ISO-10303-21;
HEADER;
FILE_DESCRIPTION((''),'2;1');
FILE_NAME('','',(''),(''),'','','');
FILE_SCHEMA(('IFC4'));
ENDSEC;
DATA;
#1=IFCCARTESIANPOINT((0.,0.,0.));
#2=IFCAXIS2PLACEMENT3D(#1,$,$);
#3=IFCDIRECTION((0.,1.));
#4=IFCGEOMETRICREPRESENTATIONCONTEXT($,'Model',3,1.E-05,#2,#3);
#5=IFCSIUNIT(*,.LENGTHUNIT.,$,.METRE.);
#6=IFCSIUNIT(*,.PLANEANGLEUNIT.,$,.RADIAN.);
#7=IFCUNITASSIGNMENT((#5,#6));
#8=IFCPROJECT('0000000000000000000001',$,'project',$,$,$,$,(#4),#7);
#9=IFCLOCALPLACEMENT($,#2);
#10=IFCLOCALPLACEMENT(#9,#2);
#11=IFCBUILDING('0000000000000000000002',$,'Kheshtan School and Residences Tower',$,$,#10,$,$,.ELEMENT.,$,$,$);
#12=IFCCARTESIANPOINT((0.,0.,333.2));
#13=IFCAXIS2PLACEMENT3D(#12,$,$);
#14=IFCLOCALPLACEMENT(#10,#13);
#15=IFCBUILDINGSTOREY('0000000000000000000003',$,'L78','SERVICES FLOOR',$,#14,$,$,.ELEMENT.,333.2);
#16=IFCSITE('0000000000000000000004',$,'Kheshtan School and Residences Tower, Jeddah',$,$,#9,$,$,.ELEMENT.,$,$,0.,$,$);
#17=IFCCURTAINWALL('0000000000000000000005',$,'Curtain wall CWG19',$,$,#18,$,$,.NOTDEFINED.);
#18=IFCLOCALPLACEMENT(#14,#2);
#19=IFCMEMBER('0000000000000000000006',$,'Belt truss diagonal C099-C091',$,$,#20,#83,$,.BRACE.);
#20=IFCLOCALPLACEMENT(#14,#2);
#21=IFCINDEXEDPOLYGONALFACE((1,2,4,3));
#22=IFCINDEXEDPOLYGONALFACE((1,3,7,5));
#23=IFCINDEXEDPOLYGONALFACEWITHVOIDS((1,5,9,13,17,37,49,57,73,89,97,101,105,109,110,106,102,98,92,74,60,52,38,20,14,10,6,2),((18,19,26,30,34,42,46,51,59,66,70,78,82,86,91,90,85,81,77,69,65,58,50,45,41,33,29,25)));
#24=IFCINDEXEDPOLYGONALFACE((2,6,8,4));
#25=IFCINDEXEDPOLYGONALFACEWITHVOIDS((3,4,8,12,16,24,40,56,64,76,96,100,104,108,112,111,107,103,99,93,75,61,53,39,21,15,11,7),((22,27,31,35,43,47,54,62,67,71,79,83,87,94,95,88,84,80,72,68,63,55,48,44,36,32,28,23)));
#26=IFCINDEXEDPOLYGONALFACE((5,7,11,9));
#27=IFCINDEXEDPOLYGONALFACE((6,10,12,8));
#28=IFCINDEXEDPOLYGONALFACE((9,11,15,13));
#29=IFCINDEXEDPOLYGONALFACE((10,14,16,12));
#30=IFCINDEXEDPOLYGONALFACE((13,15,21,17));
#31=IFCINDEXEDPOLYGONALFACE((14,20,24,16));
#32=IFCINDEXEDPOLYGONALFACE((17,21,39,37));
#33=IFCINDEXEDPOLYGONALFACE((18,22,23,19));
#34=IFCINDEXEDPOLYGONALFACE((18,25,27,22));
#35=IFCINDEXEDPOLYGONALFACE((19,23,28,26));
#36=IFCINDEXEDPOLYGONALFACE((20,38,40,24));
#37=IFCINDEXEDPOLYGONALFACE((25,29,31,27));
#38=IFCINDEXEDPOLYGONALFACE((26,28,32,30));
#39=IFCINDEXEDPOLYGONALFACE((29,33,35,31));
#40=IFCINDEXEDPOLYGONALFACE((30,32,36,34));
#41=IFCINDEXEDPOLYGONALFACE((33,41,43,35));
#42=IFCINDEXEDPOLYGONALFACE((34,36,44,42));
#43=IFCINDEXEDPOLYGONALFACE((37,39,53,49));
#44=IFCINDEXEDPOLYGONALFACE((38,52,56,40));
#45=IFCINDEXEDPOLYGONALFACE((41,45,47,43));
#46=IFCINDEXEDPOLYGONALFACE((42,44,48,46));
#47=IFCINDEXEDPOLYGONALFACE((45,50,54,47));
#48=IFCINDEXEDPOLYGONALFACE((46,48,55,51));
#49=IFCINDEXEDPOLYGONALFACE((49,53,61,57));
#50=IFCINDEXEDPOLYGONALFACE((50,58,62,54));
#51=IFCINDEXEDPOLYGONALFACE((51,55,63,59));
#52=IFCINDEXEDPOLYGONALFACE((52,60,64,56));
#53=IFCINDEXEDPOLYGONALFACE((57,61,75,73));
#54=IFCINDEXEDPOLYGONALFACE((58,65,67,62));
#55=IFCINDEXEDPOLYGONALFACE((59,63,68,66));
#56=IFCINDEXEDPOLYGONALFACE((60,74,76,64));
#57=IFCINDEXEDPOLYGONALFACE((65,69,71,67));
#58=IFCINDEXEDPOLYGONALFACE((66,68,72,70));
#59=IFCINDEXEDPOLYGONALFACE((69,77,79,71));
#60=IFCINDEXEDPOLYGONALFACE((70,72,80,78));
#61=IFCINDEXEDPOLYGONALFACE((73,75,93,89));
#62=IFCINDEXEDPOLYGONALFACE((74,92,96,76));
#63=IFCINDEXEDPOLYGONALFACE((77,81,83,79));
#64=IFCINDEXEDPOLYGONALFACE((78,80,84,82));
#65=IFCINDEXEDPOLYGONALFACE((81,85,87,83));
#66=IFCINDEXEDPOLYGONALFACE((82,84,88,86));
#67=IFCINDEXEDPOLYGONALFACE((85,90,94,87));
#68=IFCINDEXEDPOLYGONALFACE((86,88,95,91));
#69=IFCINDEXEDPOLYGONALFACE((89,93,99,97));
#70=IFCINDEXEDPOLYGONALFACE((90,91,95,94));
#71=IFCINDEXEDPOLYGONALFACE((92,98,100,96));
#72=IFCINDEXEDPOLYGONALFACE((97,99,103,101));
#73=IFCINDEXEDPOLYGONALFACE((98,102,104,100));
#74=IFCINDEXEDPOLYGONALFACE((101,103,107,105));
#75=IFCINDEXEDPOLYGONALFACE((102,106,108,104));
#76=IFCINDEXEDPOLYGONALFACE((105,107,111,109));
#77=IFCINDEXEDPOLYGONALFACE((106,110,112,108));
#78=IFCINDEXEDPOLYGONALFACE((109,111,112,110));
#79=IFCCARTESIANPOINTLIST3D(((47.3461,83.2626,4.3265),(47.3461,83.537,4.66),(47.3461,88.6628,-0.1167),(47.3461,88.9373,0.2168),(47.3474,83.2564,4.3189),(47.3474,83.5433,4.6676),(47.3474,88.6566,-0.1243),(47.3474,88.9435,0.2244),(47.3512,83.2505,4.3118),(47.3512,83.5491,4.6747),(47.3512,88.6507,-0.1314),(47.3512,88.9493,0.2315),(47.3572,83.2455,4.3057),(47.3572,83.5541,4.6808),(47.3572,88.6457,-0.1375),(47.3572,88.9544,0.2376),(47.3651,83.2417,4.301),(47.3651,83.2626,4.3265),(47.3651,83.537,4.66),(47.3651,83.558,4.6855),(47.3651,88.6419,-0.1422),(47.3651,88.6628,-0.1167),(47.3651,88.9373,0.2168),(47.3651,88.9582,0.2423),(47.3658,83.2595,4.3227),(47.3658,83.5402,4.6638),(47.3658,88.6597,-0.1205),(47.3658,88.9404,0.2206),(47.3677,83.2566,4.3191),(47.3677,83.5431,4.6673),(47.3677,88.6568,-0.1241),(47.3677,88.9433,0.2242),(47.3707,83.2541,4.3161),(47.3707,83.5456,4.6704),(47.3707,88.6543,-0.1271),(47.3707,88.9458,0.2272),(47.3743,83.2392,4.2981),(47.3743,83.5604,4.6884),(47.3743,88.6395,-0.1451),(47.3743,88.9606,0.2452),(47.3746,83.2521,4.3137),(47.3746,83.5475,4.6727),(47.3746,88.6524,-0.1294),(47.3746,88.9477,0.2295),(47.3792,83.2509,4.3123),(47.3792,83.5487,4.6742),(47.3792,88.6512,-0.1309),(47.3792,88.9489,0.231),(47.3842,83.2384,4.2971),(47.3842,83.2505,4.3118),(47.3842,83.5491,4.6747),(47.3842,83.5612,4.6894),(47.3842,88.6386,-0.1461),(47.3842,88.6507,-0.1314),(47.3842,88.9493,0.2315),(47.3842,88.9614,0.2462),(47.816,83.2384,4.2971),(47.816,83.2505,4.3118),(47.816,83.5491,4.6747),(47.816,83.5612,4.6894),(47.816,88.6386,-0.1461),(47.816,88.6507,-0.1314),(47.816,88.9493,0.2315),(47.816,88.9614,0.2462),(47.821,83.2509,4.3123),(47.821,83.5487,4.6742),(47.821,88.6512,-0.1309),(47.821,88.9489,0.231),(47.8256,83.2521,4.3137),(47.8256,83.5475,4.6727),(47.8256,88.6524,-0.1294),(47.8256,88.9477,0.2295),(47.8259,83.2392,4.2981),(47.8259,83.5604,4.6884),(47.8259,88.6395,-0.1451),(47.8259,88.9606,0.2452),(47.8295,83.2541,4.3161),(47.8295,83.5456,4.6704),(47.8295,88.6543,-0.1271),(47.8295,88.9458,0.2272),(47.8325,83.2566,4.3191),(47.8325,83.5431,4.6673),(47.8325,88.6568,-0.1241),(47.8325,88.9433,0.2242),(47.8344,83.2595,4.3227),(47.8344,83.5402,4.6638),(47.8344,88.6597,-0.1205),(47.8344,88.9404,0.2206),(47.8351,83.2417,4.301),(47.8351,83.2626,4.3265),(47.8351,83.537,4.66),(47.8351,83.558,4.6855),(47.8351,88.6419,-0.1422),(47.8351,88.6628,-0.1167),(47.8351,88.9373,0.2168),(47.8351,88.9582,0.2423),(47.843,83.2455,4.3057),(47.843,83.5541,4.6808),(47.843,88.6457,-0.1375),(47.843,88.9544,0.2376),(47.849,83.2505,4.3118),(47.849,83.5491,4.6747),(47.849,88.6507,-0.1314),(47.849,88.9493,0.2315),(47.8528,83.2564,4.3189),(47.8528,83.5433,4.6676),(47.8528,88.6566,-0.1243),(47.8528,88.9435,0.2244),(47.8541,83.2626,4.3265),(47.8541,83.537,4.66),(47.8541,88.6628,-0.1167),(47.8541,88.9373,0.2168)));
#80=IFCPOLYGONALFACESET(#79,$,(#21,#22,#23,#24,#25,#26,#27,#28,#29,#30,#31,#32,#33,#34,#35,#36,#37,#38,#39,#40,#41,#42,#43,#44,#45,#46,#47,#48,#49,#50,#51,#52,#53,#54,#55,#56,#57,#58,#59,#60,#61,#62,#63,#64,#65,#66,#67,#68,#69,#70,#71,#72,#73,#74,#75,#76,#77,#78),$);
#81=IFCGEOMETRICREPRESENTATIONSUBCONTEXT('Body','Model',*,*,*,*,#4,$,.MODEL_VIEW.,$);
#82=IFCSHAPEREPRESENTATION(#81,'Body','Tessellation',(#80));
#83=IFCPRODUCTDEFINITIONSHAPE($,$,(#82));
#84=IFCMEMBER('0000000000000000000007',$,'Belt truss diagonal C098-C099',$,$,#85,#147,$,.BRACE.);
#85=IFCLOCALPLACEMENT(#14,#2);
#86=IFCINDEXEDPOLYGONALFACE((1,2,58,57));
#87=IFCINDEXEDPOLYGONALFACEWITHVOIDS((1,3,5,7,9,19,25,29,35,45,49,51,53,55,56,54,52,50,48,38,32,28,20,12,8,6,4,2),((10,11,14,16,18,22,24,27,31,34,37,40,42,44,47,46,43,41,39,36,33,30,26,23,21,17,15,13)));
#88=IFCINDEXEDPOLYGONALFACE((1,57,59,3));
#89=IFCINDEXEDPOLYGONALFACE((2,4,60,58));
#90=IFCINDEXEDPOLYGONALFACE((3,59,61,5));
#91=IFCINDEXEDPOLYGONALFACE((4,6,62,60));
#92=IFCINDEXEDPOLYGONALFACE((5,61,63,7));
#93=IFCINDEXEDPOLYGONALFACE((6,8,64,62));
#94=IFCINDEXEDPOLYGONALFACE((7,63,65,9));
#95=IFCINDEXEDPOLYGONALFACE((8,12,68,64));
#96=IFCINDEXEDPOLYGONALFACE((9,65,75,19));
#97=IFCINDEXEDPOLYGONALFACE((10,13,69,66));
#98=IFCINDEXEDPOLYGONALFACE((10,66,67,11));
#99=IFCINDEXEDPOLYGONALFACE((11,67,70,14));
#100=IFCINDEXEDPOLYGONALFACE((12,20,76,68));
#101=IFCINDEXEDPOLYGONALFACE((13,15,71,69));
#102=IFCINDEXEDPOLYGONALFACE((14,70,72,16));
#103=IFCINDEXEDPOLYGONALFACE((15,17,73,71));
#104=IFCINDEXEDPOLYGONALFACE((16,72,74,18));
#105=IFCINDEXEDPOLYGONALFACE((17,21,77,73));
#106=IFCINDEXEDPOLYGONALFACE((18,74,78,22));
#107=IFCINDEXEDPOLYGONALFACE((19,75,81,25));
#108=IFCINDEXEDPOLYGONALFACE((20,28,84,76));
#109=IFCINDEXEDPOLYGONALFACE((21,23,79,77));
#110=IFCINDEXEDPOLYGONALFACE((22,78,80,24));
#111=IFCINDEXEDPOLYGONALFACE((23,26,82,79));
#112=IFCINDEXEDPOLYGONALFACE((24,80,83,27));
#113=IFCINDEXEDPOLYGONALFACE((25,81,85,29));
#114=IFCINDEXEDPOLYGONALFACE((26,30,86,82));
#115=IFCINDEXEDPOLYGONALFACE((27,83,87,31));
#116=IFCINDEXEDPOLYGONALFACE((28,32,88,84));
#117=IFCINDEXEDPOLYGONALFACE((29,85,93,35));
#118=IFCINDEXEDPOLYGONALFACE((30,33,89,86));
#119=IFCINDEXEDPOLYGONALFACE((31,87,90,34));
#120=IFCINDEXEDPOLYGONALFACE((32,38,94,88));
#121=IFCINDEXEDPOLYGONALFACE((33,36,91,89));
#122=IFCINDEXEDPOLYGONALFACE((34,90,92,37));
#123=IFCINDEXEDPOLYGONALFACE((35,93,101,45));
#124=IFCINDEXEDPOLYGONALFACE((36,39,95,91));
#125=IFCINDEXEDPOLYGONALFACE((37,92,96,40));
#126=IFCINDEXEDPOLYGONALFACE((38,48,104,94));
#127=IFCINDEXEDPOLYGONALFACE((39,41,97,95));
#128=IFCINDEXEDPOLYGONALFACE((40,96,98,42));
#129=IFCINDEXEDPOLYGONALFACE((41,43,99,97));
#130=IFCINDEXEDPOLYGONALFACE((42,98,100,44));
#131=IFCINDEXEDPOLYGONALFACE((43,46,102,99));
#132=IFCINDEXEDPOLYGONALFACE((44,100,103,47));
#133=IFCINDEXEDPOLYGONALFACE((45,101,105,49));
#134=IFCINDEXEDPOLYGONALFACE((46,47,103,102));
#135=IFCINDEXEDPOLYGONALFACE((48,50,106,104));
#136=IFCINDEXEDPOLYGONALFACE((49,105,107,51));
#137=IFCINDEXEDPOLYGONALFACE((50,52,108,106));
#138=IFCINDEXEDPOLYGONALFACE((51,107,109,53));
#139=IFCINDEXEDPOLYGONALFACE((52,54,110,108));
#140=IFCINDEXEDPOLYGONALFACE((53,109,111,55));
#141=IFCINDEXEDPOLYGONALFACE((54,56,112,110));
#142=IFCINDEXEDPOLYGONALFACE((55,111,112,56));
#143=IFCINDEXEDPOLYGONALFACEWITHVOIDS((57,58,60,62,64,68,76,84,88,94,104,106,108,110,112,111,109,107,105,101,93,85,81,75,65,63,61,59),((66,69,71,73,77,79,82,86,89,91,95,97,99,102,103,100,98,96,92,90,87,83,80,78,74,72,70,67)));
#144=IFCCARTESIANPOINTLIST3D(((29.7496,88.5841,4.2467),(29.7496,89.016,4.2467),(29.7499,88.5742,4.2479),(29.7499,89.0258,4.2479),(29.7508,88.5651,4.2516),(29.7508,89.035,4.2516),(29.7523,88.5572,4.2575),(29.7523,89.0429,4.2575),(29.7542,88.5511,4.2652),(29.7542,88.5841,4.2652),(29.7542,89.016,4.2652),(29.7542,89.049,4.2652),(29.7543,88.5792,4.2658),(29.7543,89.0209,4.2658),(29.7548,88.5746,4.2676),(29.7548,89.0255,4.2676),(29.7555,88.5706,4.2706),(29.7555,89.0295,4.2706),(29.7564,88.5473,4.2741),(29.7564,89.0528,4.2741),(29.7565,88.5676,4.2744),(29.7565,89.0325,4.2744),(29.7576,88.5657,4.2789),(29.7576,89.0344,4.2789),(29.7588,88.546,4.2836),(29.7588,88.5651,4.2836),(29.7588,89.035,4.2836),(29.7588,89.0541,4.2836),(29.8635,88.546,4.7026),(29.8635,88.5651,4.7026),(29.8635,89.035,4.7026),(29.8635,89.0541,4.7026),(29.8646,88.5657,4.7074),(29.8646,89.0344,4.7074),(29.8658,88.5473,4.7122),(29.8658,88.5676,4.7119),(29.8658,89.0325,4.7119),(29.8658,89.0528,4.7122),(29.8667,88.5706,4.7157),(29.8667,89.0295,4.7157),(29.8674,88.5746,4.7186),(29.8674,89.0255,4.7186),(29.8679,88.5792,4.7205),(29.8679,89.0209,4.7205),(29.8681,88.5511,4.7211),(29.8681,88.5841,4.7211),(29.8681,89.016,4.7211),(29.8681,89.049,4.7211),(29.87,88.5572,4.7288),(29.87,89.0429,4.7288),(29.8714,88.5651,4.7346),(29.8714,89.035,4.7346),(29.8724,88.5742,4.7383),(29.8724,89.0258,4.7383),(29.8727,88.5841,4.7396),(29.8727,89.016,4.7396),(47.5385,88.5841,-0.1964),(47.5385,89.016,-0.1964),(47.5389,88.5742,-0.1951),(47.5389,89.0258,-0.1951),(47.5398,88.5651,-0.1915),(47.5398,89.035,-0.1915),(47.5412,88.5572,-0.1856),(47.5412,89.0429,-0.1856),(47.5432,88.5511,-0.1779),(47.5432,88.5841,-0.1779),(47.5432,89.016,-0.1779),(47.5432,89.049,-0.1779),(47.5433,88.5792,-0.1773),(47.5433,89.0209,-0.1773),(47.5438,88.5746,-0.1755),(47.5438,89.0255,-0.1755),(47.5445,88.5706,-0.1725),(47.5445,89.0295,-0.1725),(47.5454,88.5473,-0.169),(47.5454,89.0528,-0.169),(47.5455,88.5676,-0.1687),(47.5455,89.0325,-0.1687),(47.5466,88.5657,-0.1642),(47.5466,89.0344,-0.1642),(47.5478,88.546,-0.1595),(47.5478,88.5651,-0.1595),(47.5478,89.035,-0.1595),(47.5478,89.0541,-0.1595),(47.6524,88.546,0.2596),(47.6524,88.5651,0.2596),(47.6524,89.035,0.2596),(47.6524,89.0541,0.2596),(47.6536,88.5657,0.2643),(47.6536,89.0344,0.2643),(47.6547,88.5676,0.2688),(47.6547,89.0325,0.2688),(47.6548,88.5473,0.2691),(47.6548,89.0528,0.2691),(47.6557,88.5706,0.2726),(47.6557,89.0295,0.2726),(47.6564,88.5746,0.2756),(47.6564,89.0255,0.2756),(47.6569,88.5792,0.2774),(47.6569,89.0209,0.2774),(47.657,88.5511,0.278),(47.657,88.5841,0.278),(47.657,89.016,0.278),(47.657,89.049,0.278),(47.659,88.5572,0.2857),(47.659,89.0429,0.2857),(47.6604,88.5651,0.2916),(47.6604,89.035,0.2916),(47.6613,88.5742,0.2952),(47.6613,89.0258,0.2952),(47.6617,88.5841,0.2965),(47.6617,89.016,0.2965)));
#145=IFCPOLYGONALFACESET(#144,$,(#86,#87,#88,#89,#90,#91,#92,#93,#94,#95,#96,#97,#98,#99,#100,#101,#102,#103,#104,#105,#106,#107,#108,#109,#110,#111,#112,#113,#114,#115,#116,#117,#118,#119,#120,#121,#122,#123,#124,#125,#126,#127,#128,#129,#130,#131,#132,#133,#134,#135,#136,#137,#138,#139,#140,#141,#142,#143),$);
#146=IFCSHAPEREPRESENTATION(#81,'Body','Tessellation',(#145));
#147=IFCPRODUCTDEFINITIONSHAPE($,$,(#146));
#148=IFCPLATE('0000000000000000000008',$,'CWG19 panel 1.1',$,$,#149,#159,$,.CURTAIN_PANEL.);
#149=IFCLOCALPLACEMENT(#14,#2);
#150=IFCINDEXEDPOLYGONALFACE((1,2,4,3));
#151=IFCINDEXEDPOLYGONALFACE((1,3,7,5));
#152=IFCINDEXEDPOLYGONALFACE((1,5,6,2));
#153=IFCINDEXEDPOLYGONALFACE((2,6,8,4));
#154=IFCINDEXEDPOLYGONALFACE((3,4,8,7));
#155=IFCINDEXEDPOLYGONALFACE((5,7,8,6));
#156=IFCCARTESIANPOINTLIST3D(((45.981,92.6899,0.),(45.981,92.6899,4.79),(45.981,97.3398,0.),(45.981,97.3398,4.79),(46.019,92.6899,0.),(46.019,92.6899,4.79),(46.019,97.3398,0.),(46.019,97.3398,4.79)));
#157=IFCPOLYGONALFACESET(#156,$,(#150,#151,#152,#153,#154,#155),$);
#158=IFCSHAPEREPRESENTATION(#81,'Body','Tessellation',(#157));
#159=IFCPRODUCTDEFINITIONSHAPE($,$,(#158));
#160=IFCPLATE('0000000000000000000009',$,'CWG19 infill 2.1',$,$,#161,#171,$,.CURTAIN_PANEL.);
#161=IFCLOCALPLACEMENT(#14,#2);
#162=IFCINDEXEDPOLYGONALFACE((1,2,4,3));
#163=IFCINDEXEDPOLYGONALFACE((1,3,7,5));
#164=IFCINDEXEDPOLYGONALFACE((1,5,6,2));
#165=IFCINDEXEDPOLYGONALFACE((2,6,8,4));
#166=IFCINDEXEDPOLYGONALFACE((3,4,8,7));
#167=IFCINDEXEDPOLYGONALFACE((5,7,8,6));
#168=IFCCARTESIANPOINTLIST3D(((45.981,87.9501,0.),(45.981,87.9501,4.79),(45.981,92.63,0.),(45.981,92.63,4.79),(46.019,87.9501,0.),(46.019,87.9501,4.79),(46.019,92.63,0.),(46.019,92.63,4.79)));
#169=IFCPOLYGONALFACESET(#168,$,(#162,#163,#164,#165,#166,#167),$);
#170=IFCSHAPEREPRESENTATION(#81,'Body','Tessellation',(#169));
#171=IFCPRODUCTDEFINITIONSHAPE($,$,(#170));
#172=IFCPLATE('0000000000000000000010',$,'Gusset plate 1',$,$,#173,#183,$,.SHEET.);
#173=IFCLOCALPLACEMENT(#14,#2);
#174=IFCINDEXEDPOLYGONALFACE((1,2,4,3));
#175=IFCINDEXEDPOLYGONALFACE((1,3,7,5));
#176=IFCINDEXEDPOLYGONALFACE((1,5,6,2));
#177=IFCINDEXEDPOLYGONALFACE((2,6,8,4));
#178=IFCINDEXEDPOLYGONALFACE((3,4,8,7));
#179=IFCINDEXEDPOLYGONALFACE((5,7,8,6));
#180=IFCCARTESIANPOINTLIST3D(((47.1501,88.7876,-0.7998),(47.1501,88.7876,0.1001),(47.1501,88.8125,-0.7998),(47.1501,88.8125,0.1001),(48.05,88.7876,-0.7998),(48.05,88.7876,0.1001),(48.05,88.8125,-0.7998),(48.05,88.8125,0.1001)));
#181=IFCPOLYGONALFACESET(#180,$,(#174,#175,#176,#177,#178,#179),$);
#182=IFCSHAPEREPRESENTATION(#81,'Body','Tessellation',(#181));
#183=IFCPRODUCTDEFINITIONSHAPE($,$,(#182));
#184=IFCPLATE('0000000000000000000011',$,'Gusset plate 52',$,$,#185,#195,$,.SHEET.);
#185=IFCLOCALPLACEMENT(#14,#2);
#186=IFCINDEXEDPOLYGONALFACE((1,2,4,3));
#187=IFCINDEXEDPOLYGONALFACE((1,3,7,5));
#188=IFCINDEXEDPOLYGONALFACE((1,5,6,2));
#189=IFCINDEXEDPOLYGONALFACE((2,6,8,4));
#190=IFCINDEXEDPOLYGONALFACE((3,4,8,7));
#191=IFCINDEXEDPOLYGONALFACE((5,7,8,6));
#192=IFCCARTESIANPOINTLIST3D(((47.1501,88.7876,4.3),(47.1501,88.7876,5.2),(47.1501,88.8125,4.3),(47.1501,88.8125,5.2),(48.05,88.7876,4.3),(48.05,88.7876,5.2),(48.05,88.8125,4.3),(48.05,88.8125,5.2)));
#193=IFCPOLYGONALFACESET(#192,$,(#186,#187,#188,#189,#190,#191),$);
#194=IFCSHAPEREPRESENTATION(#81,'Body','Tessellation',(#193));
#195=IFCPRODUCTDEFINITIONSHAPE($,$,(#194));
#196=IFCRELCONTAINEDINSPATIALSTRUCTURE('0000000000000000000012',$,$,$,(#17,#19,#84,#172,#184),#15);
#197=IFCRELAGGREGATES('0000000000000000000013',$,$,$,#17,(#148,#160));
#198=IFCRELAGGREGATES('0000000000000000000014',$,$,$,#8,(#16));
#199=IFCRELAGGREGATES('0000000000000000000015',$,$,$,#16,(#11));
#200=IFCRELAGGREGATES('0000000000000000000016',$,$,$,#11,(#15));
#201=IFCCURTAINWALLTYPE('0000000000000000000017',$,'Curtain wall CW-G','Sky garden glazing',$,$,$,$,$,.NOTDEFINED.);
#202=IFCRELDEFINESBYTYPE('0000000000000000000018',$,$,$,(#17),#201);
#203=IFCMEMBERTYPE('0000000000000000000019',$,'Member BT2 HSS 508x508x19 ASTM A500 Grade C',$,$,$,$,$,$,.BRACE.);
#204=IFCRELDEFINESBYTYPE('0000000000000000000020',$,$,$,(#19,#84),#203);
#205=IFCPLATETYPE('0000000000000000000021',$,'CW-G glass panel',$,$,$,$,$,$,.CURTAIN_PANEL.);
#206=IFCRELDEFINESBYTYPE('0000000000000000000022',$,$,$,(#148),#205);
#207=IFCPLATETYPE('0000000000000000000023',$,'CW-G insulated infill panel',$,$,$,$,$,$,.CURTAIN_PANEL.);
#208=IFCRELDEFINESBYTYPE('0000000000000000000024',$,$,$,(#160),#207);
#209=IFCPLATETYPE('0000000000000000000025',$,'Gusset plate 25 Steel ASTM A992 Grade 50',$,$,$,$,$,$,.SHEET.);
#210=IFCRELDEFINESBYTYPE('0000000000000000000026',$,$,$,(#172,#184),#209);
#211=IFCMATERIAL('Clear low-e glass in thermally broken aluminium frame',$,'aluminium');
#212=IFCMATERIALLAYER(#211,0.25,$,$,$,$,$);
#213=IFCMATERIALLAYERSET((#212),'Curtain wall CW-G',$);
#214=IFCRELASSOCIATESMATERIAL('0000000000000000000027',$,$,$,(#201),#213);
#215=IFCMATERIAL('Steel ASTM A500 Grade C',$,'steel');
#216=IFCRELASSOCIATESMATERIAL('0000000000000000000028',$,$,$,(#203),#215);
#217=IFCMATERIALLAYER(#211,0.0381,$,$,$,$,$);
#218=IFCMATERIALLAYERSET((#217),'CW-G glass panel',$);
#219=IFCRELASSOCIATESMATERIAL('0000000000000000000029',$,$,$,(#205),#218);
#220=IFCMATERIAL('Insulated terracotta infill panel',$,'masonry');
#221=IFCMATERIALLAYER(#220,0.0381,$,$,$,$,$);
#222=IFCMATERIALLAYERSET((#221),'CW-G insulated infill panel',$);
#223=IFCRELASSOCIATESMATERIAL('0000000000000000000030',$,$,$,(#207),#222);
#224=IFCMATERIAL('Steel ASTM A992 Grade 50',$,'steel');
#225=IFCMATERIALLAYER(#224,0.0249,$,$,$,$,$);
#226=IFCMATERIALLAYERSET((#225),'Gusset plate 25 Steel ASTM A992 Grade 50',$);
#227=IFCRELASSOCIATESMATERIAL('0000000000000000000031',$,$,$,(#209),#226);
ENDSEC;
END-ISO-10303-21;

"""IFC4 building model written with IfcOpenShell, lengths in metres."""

from ifc_helpers import new_model, si_unit, direction, frame, origin, origin_2d, place, context, subcontext, project, spatial, rectangle, hollow_rectangle, extrude, material, layer, layer_set, material_profile, profile_set, type_object, element, aggregate, save


model = new_model("IFC4")

# Units and contexts
model_context = context("Model", 3, precision=1e-05, world=origin(), true_north=direction((0.0, 1.0)))
body_context = subcontext(model_context, "Body", "Model", "MODEL_VIEW")
ifc_project = project(units=[si_unit("LENGTHUNIT", "METRE"), si_unit("PLANEANGLEUNIT", "RADIAN")], contexts=[model_context])

# Site, building, storey
site_placement = place(None, origin())
site = spatial("IfcSite", under=ifc_project, at=site_placement, Name="Kheshtan School and Residences Tower, Jeddah", CompositionType="ELEMENT", RefElevation=0.0)
building_placement = place(site_placement, origin())
building = spatial("IfcBuilding", under=site, at=building_placement, Name="Kheshtan School and Residences Tower", CompositionType="ELEMENT")
storey_placement = place(building_placement, frame((0.0, 0.0, 333.2)))
storey = spatial("IfcBuildingStorey", under=building, at=storey_placement, Name="L78", Description="SERVICES FLOOR", CompositionType="ELEMENT", Elevation=333.2)

# Shared definitions
ifc_material_1 = material(Name="Steel ASTM A992 Grade 50", Category="steel")

# Curtain wall
ifc_material_2 = material(Name="Clear low-e glass in thermally broken aluminium frame", Category="aluminium")
ifc_layer_1 = layer(ifc_material_2, 0.25)
ifc_layer_set_1 = layer_set([ifc_layer_1], Name="Curtain wall CW-G")
curtain_wall_type = type_object("IfcCurtainWallType", Name="Curtain wall CW-G", Description="Sky garden glazing", PredefinedType="NOTDEFINED", material=ifc_layer_set_1)
curtain_wall_placement = place(storey_placement, origin())
curtain_wall = element("IfcCurtainWall", 1, at=curtain_wall_placement, inside=storey, type_object=curtain_wall_type, Name="Curtain wall CWG19", PredefinedType="NOTDEFINED")

# Members
ifc_material_3 = material(Name="Steel ASTM A500 Grade C", Category="steel")
ifc_material_profile_1 = material_profile(ifc_material_3, hollow_rectangle(XDim=0.5081, YDim=0.5081, WallThickness=0.019, InnerFilletRadius=0.019, OuterFilletRadius=0.0381, at=origin_2d()), Name="HSS 508x508x19")
ifc_profile_set_1 = profile_set([ifc_material_profile_1], Name="Steel ASTM A500 Grade C")
member_type_1 = type_object("IfcMemberType", Name="Member BT2 HSS 508x508x19 ASTM A500 Grade C", PredefinedType="BRACE", material=ifc_profile_set_1)
member_1_placement = place(storey_placement, frame((47.6001, 88.8, 0.05), z_axis=(0.0, -0.772215, 0.635361), x_axis=(1.0, 0.0, 0.0)))
element("IfcMember", 2, at=member_1_placement, inside=storey, type_object=member_type_1, Name="Belt truss diagonal C099-C091", PredefinedType="BRACE", context=body_context, shape_type="SweptSolid", body=[
    extrude(hollow_rectangle(XDim=0.5081, YDim=0.5081, WallThickness=0.019, InnerFilletRadius=0.019, OuterFilletRadius=0.0381, at=origin_2d()), origin(), (0.0, 0.0, 1.0), 6.9932),
])
member_2_placement = place(storey_placement, frame((47.6001, 88.8, 0.05), z_axis=(-0.970196, 0.0, 0.242323), x_axis=(0.0, -1.0, 0.0)))
element("IfcMember", 3, at=member_2_placement, inside=storey, type_object=member_type_1, Name="Belt truss diagonal C098-C099", PredefinedType="BRACE", context=body_context, shape_type="SweptSolid", body=[
    extrude(hollow_rectangle(XDim=0.5081, YDim=0.5081, WallThickness=0.019, InnerFilletRadius=0.019, OuterFilletRadius=0.0381, at=origin_2d()), origin(), (0.0, 0.0, 1.0), 18.3354),
])

# Plates
ifc_layer_2 = layer(ifc_material_2, 0.0381)
ifc_layer_set_2 = layer_set([ifc_layer_2], Name="CW-G glass panel")
plate_type_1 = type_object("IfcPlateType", Name="CW-G glass panel", PredefinedType="CURTAIN_PANEL", material=ifc_layer_set_2)
plate_1_placement = place(storey_placement, frame((46.0, 95.0149, 0.0), z_axis=(0.0, 0.0, 1.0), x_axis=(0.0, -1.0, 0.0)))
plate_1 = element("IfcPlate", 4, at=plate_1_placement, type_object=plate_type_1, Name="CWG19 panel 1.1", PredefinedType="CURTAIN_PANEL", context=body_context, shape_type="SweptSolid", body=[
    extrude(rectangle(XDim=4.6499, YDim=0.0381, at=origin_2d()), origin(), (0.0, 0.0, 1.0), 4.79),
])
ifc_material_4 = material(Name="Insulated terracotta infill panel", Category="masonry")
ifc_layer_3 = layer(ifc_material_4, 0.0381)
ifc_layer_set_3 = layer_set([ifc_layer_3], Name="CW-G insulated infill panel")
plate_type_2 = type_object("IfcPlateType", Name="CW-G insulated infill panel", PredefinedType="CURTAIN_PANEL", material=ifc_layer_set_3)
plate_2_placement = place(storey_placement, frame((46.0, 90.29, 0.0), z_axis=(0.0, 0.0, 1.0), x_axis=(0.0, -1.0, 0.0)))
plate_2 = element("IfcPlate", 5, at=plate_2_placement, type_object=plate_type_2, Name="CWG19 infill 2.1", PredefinedType="CURTAIN_PANEL", context=body_context, shape_type="SweptSolid", body=[
    extrude(rectangle(XDim=4.6799, YDim=0.0381, at=origin_2d()), origin(), (0.0, 0.0, 1.0), 4.79),
])
aggregate(curtain_wall, [plate_1, plate_2])

# Plates
ifc_layer_4 = layer(ifc_material_1, 0.0249)
ifc_layer_set_4 = layer_set([ifc_layer_4], Name="Gusset plate 25 Steel ASTM A992 Grade 50")
plate_type_3 = type_object("IfcPlateType", Name="Gusset plate 25 Steel ASTM A992 Grade 50", PredefinedType="SHEET", material=ifc_layer_set_4)
for number, where, z_axis, x_axis, name in (
    (6, (47.6001, 88.8, -0.7998), (0.0, 0.0, 1.0), (1.0, 0.0, 0.0), "Gusset plate 1"),
    (7, (47.6001, 88.8, 4.3), (0.0, 0.0, 1.0), (1.0, 0.0, 0.0), "Gusset plate 52"),
):
    element("IfcPlate", number, at=place(storey_placement, frame(where, z_axis=z_axis, x_axis=x_axis)), inside=storey, type_object=plate_type_3, Name=name, PredefinedType="SHEET", context=body_context, shape_type="SweptSolid", body=[
        extrude(rectangle(XDim=0.8999, YDim=0.0249, at=origin_2d()), origin(), (0.0, 0.0, 1.0), 0.8999),
    ])

save(model, "model.ifc")
